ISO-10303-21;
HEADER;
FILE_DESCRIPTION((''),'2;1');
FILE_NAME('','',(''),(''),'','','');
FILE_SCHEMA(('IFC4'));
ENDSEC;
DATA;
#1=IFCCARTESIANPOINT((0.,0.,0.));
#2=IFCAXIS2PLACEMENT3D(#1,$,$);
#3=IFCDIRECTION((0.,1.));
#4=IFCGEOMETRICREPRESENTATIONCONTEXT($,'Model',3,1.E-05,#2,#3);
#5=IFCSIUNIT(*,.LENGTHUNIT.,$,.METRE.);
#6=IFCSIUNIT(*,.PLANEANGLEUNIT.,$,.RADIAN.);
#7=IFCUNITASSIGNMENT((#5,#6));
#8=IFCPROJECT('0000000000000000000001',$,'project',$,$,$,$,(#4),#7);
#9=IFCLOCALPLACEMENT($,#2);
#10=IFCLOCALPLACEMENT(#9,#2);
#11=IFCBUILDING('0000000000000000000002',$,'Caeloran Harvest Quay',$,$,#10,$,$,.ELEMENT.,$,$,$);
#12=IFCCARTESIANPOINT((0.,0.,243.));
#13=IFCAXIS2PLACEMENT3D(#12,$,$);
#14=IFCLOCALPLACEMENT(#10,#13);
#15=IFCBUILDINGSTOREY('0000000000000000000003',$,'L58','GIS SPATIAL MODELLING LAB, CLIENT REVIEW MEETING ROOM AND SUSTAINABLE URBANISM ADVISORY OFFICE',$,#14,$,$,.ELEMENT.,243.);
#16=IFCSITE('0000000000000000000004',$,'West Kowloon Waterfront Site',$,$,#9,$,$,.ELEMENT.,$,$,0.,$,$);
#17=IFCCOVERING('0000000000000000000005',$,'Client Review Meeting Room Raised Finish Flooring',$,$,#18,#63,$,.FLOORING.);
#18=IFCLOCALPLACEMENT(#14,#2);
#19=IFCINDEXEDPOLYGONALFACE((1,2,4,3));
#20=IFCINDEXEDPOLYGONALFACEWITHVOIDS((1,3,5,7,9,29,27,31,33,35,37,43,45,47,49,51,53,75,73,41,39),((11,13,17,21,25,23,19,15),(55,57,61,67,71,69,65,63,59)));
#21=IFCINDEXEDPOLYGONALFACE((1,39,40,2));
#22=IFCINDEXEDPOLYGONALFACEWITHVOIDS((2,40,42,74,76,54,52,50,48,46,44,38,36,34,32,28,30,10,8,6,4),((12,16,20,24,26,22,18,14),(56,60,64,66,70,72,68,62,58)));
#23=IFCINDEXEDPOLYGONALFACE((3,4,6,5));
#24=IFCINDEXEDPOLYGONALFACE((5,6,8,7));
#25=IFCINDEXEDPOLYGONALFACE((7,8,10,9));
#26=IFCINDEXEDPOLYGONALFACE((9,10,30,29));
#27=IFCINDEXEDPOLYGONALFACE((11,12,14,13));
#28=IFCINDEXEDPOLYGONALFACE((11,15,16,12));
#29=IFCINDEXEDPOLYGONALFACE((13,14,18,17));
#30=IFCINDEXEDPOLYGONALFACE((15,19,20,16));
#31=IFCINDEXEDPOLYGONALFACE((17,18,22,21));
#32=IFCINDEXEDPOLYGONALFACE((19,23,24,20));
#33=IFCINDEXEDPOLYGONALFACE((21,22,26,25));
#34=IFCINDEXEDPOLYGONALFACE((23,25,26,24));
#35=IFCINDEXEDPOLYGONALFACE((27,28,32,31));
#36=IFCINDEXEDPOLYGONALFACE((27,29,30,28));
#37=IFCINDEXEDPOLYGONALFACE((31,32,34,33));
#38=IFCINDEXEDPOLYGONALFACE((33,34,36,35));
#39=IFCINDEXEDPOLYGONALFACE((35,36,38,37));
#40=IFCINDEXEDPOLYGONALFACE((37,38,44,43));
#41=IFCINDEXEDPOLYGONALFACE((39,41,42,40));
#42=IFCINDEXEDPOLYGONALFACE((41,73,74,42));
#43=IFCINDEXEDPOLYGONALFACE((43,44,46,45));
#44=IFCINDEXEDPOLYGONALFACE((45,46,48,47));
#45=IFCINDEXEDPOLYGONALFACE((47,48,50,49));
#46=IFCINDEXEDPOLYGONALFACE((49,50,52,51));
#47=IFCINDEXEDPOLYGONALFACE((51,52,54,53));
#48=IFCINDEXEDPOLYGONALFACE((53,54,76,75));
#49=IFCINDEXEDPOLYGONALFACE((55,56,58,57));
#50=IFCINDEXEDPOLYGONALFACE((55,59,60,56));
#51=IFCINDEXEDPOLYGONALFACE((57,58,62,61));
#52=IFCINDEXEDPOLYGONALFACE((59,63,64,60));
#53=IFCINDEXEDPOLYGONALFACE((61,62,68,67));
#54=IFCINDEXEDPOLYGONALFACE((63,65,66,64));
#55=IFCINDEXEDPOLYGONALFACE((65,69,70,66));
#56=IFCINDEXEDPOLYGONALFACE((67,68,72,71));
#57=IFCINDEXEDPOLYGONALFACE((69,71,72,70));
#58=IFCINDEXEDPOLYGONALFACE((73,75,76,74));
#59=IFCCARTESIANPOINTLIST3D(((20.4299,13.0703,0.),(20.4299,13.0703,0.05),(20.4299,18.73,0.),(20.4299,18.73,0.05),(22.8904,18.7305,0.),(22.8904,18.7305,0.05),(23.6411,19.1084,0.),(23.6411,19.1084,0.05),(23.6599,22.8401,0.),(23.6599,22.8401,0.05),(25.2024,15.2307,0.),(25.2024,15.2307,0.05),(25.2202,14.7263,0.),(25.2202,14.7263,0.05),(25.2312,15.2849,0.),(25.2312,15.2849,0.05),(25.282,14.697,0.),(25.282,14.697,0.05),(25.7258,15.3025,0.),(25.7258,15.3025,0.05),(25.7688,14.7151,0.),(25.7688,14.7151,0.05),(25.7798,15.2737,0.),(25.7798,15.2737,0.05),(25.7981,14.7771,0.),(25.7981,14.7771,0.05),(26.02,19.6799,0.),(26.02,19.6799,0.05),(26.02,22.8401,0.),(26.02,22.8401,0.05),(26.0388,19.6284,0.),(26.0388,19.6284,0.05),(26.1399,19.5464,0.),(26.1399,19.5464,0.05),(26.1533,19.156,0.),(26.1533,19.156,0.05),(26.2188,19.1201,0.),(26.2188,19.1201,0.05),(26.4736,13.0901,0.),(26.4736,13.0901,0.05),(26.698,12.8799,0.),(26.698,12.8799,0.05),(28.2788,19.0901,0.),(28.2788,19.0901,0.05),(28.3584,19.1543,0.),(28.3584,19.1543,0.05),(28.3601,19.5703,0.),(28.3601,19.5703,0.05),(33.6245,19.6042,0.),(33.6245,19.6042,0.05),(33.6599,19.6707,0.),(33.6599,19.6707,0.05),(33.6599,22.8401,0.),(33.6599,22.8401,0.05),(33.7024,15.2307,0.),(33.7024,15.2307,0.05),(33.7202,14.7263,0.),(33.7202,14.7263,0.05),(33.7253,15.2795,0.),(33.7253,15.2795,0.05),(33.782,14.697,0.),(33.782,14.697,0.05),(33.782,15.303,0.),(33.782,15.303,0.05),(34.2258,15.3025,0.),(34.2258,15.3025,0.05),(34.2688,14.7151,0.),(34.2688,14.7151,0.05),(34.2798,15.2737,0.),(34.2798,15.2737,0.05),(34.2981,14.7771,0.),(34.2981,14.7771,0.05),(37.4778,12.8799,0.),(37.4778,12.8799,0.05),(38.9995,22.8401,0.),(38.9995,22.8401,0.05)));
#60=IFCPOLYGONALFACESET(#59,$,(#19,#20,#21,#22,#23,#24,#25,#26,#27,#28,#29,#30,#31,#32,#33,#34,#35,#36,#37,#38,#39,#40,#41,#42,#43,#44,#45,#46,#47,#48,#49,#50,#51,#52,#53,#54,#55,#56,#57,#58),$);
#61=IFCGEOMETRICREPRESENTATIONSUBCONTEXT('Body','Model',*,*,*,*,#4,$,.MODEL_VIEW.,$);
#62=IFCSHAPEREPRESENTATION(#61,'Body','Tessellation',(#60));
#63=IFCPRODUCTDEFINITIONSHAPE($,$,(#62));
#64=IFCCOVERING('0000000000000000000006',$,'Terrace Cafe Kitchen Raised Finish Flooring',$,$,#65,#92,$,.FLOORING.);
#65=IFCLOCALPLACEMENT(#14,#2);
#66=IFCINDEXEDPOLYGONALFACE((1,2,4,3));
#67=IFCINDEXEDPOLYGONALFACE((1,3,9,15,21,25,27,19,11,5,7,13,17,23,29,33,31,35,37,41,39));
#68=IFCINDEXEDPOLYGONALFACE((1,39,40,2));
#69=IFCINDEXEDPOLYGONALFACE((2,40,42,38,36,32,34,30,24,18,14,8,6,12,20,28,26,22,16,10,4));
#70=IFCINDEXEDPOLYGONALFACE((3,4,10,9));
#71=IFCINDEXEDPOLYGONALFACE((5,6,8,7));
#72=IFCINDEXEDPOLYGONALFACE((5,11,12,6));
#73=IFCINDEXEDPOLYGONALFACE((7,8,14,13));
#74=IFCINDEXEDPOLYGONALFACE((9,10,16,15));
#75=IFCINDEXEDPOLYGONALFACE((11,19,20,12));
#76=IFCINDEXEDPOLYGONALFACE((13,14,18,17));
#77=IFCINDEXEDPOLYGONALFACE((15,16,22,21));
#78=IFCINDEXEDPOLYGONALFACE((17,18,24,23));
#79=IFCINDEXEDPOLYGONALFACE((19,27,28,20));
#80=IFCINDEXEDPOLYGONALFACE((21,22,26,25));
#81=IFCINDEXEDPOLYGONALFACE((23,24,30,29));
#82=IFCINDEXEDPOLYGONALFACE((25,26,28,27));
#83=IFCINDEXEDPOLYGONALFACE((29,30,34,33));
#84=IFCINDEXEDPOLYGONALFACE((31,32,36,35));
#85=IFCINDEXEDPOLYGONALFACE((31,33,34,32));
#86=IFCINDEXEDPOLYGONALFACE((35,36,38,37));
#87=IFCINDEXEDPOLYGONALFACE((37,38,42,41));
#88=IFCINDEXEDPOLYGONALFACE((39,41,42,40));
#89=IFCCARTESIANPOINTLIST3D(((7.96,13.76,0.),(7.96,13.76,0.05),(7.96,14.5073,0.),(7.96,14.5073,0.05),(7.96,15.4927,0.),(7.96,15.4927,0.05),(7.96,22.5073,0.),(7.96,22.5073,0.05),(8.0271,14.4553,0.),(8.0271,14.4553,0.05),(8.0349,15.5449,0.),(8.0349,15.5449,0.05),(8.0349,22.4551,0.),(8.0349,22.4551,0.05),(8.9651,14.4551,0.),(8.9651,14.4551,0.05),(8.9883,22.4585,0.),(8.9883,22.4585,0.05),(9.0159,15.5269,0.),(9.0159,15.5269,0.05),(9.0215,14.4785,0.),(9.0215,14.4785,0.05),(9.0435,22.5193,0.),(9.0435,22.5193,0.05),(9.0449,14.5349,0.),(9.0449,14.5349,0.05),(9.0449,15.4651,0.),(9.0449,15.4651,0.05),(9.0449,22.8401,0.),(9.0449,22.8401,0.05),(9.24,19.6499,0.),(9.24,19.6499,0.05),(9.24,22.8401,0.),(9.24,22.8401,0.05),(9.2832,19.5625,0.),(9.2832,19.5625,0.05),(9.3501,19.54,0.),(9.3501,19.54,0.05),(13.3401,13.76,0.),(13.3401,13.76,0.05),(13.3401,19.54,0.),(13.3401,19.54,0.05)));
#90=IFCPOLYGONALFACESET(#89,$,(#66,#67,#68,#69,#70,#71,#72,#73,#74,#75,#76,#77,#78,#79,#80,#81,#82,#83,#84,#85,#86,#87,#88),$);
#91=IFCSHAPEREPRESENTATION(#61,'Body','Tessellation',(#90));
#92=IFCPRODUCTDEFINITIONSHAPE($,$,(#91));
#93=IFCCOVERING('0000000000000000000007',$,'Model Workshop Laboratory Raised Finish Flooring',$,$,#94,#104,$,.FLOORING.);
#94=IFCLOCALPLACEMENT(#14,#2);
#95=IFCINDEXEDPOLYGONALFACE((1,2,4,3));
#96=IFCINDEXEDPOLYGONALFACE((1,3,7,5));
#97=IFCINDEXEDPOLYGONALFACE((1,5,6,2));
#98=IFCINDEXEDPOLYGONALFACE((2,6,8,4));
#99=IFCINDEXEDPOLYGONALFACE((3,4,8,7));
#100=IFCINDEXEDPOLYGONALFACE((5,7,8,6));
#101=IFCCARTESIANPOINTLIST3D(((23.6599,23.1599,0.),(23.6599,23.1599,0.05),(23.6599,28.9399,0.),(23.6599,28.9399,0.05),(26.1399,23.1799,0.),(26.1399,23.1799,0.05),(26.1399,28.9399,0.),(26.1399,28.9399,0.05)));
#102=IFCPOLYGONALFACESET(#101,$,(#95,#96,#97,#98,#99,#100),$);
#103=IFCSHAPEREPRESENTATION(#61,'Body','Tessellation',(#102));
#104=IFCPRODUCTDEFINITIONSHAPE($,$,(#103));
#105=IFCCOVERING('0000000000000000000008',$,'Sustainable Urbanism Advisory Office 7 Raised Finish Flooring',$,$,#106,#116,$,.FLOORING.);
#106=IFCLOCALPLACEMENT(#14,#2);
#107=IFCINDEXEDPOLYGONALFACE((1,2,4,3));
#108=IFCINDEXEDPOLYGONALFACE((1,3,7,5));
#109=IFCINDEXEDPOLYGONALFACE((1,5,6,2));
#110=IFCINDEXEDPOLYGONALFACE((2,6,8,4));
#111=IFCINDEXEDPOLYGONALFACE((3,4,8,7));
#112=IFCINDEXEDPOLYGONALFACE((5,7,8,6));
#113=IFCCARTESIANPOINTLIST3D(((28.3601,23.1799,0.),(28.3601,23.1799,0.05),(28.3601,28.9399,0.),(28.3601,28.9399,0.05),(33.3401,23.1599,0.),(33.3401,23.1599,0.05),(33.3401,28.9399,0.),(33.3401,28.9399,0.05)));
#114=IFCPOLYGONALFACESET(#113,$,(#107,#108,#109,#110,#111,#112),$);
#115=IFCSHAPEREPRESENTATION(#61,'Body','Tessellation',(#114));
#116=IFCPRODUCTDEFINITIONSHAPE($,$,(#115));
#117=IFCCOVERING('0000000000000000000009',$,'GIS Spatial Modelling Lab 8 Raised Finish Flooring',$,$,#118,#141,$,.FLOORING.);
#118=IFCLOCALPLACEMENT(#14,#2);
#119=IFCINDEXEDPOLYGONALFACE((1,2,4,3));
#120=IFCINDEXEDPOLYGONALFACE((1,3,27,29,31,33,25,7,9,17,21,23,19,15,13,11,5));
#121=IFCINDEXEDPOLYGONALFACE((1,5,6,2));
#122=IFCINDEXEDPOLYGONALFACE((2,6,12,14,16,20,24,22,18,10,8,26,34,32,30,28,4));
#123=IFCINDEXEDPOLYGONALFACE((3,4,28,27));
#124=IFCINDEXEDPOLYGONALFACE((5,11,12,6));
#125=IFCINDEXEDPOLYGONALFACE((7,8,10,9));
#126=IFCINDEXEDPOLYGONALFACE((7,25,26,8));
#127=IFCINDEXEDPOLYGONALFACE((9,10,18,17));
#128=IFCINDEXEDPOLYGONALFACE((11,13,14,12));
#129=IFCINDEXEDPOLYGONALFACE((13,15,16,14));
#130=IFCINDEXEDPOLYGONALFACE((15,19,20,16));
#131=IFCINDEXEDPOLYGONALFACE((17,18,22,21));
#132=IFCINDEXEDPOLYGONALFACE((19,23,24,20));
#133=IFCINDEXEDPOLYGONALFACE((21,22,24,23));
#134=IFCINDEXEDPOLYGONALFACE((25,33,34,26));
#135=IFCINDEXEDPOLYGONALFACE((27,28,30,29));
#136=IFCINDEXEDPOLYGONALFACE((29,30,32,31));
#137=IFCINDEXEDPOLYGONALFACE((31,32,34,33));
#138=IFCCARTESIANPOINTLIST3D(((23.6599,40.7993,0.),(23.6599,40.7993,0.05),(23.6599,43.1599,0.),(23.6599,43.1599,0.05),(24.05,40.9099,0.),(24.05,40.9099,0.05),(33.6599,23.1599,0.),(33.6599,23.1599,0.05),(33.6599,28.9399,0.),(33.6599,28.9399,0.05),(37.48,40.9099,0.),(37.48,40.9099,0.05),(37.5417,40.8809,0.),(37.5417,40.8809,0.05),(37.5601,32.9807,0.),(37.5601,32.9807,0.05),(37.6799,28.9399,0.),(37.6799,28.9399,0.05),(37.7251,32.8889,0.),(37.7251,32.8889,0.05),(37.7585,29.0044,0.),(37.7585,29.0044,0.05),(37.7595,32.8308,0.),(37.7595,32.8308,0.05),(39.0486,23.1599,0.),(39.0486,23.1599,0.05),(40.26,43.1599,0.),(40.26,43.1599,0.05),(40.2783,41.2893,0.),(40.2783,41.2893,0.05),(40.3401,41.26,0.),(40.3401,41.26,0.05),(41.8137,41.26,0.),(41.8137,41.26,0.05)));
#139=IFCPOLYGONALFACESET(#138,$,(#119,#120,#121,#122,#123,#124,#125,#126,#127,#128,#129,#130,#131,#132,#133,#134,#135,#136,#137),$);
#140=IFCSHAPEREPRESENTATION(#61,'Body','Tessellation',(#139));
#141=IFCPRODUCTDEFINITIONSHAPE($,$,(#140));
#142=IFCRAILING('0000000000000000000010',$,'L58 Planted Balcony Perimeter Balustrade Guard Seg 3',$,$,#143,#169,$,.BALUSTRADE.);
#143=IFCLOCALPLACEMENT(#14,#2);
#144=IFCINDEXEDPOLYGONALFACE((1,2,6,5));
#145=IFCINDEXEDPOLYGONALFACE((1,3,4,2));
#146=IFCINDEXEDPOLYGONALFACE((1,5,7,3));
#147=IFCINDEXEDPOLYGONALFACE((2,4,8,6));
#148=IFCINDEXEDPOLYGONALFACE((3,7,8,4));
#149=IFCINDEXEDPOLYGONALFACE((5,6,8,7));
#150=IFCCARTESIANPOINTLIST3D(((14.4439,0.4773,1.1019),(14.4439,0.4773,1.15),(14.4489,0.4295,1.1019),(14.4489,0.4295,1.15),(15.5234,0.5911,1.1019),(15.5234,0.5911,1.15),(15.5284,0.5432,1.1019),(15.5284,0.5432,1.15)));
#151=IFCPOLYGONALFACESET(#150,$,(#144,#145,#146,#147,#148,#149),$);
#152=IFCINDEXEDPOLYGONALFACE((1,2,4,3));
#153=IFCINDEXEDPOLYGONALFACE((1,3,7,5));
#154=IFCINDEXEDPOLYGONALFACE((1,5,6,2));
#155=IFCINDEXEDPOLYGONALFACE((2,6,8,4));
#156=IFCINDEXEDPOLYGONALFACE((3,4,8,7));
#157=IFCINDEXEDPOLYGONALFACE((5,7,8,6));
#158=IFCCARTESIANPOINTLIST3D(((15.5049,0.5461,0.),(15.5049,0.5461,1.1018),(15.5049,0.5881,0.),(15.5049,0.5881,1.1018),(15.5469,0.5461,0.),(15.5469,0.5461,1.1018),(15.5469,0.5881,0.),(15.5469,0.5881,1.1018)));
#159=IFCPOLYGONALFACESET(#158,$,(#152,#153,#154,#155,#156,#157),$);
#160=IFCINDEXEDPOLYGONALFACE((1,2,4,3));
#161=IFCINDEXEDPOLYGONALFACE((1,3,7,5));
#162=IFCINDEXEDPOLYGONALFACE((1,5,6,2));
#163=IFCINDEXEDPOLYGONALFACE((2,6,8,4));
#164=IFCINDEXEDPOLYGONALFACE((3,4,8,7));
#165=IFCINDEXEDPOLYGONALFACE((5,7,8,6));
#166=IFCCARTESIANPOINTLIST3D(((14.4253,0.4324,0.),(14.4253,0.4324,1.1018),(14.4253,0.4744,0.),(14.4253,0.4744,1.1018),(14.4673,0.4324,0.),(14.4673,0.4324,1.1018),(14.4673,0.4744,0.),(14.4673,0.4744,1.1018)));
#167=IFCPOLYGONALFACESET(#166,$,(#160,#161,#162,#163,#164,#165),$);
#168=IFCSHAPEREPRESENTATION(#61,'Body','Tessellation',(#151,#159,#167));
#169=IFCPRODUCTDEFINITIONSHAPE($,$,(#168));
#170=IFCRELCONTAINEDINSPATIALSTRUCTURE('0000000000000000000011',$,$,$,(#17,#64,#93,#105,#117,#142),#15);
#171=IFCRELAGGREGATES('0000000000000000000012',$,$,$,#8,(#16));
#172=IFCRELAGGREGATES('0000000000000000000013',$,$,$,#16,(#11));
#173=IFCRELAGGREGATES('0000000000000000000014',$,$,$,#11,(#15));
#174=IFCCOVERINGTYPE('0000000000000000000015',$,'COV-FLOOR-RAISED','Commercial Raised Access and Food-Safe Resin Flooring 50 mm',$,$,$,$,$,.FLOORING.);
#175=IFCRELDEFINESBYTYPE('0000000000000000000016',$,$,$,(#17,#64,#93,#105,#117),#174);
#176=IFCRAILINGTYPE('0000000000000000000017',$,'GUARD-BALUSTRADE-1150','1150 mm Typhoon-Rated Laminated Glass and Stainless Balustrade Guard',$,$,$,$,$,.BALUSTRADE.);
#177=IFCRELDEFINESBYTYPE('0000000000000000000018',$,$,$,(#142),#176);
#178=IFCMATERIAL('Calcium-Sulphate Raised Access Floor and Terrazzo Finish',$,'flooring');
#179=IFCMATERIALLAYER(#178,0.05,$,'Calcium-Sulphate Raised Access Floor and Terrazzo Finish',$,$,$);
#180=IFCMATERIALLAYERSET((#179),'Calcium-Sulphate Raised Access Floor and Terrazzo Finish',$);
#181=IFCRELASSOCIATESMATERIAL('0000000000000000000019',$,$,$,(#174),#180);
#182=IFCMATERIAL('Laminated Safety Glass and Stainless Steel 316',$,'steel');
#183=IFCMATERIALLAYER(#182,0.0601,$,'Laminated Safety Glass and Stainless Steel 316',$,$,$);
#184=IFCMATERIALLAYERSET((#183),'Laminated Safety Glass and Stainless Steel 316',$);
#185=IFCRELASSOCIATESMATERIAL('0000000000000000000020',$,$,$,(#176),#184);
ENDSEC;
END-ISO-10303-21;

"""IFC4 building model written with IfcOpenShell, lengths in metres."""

from ifc_helpers import new_model, si_unit, direction, frame, origin, origin_2d, place, context, subcontext, project, spatial, polyline, rectangle, outline, extrude, material, layer, layer_set, type_object, element, save


model = new_model("IFC4")

# Units and contexts
model_context = context("Model", 3, precision=1e-05, world=origin(), true_north=direction((0.0, 1.0)))
body_context = subcontext(model_context, "Body", "Model", "MODEL_VIEW")
ifc_project = project(units=[si_unit("LENGTHUNIT", "METRE"), si_unit("PLANEANGLEUNIT", "RADIAN")], contexts=[model_context])

# Site, building, storey
site_placement = place(None, origin())
site = spatial("IfcSite", under=ifc_project, at=site_placement, Name="West Kowloon Waterfront Site", CompositionType="ELEMENT", RefElevation=0.0)
building_placement = place(site_placement, origin())
building = spatial("IfcBuilding", under=site, at=building_placement, Name="Caeloran Harvest Quay", CompositionType="ELEMENT")
storey_placement = place(building_placement, frame((0.0, 0.0, 243.0)))
storey = spatial("IfcBuildingStorey", under=building, at=storey_placement, Name="L58", Description="GIS SPATIAL MODELLING LAB, CLIENT REVIEW MEETING ROOM AND SUSTAINABLE URBANISM ADVISORY OFFICE", CompositionType="ELEMENT", Elevation=243.0)

# Coverings
ifc_material_1 = material(Name="Calcium-Sulphate Raised Access Floor and Terrazzo Finish", Category="flooring")
ifc_layer_1 = layer(ifc_material_1, 0.05, Name="Calcium-Sulphate Raised Access Floor and Terrazzo Finish")
ifc_layer_set_1 = layer_set([ifc_layer_1], Name="Calcium-Sulphate Raised Access Floor and Terrazzo Finish")
covering_type_1 = type_object("IfcCoveringType", Name="COV-FLOOR-RAISED", Description="Commercial Raised Access and Food-Safe Resin Flooring 50 mm", PredefinedType="FLOORING", material=ifc_layer_set_1)
covering_1_placement = place(storey_placement, origin())
element("IfcCovering", 1, at=covering_1_placement, inside=storey, type_object=covering_type_1, Name="Client Review Meeting Room Raised Finish Flooring", PredefinedType="FLOORING", context=body_context, shape_type="SweptSolid", body=[
    extrude(outline(polyline([(26.698, 12.8799), (26.4736, 13.0901), (20.4299, 13.0703), (20.4299, 18.73), (22.8904, 18.7305), (23.6411, 19.1084), (23.6599, 22.8401), (26.02, 22.8401), (26.02, 19.6799), (26.0388, 19.6284), (26.1399, 19.5464), (26.1533, 19.156), (26.2188, 19.1201), (28.2788, 19.0901), (28.3584, 19.1543), (28.3601, 19.5703), (33.6245, 19.6042), (33.6599, 19.6707), (33.6599, 22.8401), (38.9995, 22.8401), (37.4778, 12.8799), (26.698, 12.8799)]), holes=[polyline([(33.782, 15.303), (33.7253, 15.2795), (33.7024, 15.2307), (33.7202, 14.7263), (33.782, 14.697), (34.2688, 14.7151), (34.2981, 14.7771), (34.2798, 15.2737), (34.2258, 15.3025), (33.782, 15.303)]), polyline([(25.7258, 15.3025), (25.2312, 15.2849), (25.2024, 15.2307), (25.2202, 14.7263), (25.282, 14.697), (25.7688, 14.7151), (25.7981, 14.7771), (25.7798, 15.2737), (25.7258, 15.3025)])]), origin(), (0.0, 0.0, 1.0), 0.05),
])
covering_2_placement = place(storey_placement, origin())
element("IfcCovering", 2, at=covering_2_placement, inside=storey, type_object=covering_type_1, Name="Terrace Cafe Kitchen Raised Finish Flooring", PredefinedType="FLOORING", context=body_context, shape_type="SweptSolid", body=[
    extrude(outline(polyline([(7.96, 14.5073), (8.0271, 14.4553), (8.9651, 14.4551), (9.0215, 14.4785), (9.0449, 14.5349), (9.0449, 15.4651), (9.0159, 15.5269), (8.0349, 15.5449), (7.96, 15.4927), (7.96, 22.5073), (8.0349, 22.4551), (8.9883, 22.4585), (9.0435, 22.5193), (9.0449, 22.8401), (9.24, 22.8401), (9.24, 19.6499), (9.2832, 19.5625), (9.3501, 19.54), (13.3401, 19.54), (13.3401, 13.76), (7.96, 13.76), (7.96, 14.5073)])), origin(), (0.0, 0.0, 1.0), 0.05),
])
covering_3_placement = place(storey_placement, origin())
element("IfcCovering", 3, at=covering_3_placement, inside=storey, type_object=covering_type_1, Name="Model Workshop Laboratory Raised Finish Flooring", PredefinedType="FLOORING", context=body_context, shape_type="SweptSolid", body=[
    extrude(outline(polyline([(26.1399, 23.1799), (23.6599, 23.1599), (23.6599, 28.9399), (26.1399, 28.9399), (26.1399, 23.1799)])), origin(), (0.0, 0.0, 1.0), 0.05),
])
covering_4_placement = place(storey_placement, origin())
element("IfcCovering", 4, at=covering_4_placement, inside=storey, type_object=covering_type_1, Name="Sustainable Urbanism Advisory Office 7 Raised Finish Flooring", PredefinedType="FLOORING", context=body_context, shape_type="SweptSolid", body=[
    extrude(outline(polyline([(33.3401, 23.1599), (28.3601, 23.1799), (28.3601, 28.9399), (33.3401, 28.9399), (33.3401, 23.1599)])), origin(), (0.0, 0.0, 1.0), 0.05),
])
covering_5_placement = place(storey_placement, origin())
element("IfcCovering", 5, at=covering_5_placement, inside=storey, type_object=covering_type_1, Name="GIS Spatial Modelling Lab 8 Raised Finish Flooring", PredefinedType="FLOORING", context=body_context, shape_type="SweptSolid", body=[
    extrude(outline(polyline([(23.6599, 40.7993), (23.6599, 43.1599), (40.26, 43.1599), (40.2783, 41.2893), (40.3401, 41.26), (41.8137, 41.26), (39.0486, 23.1599), (33.6599, 23.1599), (33.6599, 28.9399), (37.6799, 28.9399), (37.7585, 29.0044), (37.7595, 32.8308), (37.7251, 32.8889), (37.5601, 32.9807), (37.5417, 40.8809), (37.48, 40.9099), (24.05, 40.9099), (23.6599, 40.7993)])), origin(), (0.0, 0.0, 1.0), 0.05),
])

# Railing
ifc_material_2 = material(Name="Laminated Safety Glass and Stainless Steel 316", Category="steel")
ifc_layer_2 = layer(ifc_material_2, 0.0601, Name="Laminated Safety Glass and Stainless Steel 316")
ifc_layer_set_2 = layer_set([ifc_layer_2], Name="Laminated Safety Glass and Stainless Steel 316")
railing_type = type_object("IfcRailingType", Name="GUARD-BALUSTRADE-1150", Description="1150 mm Typhoon-Rated Laminated Glass and Stainless Balustrade Guard", PredefinedType="BALUSTRADE", material=ifc_layer_set_2)
railing_1_placement = place(storey_placement, frame((15.5259, 0.5671, 0.0)))
element("IfcRailing", 6, at=railing_1_placement, inside=storey, type_object=railing_type, Name="L58 Planted Balcony Perimeter Balustrade Guard Seg 3", PredefinedType="BALUSTRADE", context=body_context, shape_type="SweptSolid", body=[
    extrude(rectangle(XDim=0.0481, YDim=0.0481, at=origin_2d()), frame((0.0, 0.0, 1.126), z_axis=(-0.994493, -0.104802, 0.0), x_axis=(0.104802, -0.994493, 0.0)), (0.0, 0.0, 1.0), 1.0854),
    extrude(rectangle(XDim=0.042, YDim=0.042, at=origin_2d()), origin(), (0.0, 0.0, 1.0), 1.1018),
    extrude(rectangle(XDim=0.042, YDim=0.042, at=origin_2d()), frame((-1.0796, -0.1138, 0.0)), (0.0, 0.0, 1.0), 1.1018),
])

save(model, "model.ifc")
